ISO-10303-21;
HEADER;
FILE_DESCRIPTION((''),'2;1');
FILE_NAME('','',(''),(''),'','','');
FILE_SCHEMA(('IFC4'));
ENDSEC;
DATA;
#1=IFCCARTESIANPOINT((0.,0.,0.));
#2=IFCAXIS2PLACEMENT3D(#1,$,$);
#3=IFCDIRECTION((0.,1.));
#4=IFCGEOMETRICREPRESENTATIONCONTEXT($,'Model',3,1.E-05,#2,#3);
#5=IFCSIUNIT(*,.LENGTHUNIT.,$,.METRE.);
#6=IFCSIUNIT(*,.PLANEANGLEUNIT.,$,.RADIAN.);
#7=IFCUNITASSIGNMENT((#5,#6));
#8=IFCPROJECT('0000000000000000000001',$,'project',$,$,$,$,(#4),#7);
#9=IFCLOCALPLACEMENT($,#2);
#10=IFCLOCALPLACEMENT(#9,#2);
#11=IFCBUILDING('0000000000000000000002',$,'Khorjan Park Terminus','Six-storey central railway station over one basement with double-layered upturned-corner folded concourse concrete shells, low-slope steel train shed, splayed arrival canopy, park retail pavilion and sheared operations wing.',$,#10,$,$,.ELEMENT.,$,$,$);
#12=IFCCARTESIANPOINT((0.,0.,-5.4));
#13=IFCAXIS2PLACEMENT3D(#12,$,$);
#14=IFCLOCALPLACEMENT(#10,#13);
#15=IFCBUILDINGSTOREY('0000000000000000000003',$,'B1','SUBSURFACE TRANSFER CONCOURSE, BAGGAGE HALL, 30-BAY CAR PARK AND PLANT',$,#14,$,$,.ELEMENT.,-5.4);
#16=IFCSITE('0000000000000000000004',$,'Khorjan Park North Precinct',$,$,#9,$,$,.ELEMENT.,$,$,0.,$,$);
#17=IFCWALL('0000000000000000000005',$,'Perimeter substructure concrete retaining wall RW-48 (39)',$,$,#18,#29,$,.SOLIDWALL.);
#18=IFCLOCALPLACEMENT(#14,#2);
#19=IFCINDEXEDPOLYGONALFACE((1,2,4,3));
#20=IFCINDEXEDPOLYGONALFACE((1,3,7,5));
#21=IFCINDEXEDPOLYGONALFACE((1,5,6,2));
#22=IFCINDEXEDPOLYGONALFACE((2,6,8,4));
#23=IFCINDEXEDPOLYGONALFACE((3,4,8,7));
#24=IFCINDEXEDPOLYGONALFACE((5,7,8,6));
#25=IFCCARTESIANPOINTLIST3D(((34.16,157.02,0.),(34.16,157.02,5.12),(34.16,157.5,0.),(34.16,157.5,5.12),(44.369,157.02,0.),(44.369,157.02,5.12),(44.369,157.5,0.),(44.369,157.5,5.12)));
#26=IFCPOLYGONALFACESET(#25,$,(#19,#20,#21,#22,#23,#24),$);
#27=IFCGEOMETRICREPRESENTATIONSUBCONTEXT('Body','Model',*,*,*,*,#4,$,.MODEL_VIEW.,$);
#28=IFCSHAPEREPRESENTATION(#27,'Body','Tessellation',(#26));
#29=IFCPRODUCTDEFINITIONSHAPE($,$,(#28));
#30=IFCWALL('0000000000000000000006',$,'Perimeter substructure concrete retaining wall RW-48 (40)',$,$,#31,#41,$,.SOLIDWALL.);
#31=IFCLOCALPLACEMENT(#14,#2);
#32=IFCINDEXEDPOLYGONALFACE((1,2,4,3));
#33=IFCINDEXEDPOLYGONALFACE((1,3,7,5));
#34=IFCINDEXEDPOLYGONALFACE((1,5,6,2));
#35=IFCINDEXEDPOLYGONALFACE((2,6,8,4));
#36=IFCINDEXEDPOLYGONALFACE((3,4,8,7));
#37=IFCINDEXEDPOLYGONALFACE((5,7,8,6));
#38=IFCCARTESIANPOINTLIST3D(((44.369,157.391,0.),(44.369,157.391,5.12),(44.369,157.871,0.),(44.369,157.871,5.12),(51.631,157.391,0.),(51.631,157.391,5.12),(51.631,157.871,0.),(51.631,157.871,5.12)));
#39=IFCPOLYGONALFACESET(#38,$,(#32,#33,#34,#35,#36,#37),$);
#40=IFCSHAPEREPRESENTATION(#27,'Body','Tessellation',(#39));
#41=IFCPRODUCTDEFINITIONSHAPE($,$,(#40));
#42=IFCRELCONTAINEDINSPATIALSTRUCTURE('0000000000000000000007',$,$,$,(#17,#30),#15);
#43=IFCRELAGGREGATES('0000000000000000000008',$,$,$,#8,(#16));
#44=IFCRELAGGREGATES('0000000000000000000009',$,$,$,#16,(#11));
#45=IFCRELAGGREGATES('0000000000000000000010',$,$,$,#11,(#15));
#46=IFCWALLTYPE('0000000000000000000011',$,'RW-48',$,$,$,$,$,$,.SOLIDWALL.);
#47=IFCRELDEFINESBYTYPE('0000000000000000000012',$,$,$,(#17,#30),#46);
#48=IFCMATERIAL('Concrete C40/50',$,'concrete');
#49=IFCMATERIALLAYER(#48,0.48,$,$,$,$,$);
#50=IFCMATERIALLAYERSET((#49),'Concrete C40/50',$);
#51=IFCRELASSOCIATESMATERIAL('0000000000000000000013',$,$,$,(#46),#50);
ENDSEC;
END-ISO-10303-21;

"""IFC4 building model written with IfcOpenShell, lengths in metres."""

from ifc_helpers import new_model, si_unit, direction, frame, frame_2d, origin, place, context, subcontext, project, spatial, rectangle, extrude, material, layer, layer_set, type_object, element, save


model = new_model("IFC4")

# Units and contexts
model_context = context("Model", 3, precision=1e-05, world=origin(), true_north=direction((0.0, 1.0)))
body_context = subcontext(model_context, "Body", "Model", "MODEL_VIEW")
ifc_project = project(units=[si_unit("LENGTHUNIT", "METRE"), si_unit("PLANEANGLEUNIT", "RADIAN")], contexts=[model_context])

# Site, building, storey
site_placement = place(None, origin())
site = spatial("IfcSite", under=ifc_project, at=site_placement, Name="Khorjan Park North Precinct", CompositionType="ELEMENT", RefElevation=0.0)
building_placement = place(site_placement, origin())
building = spatial("IfcBuilding", under=site, at=building_placement, Name="Khorjan Park Terminus", Description="Six-storey central railway station over one basement with double-layered upturned-corner folded concourse concrete shells, low-slope steel train shed, splayed arrival canopy, park retail pavilion and sheared operations wing.", CompositionType="ELEMENT")
storey_placement = place(building_placement, frame((0.0, 0.0, -5.4)))
storey = spatial("IfcBuildingStorey", under=building, at=storey_placement, Name="B1", Description="SUBSURFACE TRANSFER CONCOURSE, BAGGAGE HALL, 30-BAY CAR PARK AND PLANT", CompositionType="ELEMENT", Elevation=-5.4)

# Shared definitions
ifc_material_1 = material(Name="Concrete C40/50", Category="concrete")

# Walls
ifc_layer = layer(ifc_material_1, 0.48)
ifc_layer_set = layer_set([ifc_layer], Name="Concrete C40/50")
wall_type = type_object("IfcWallType", Name="RW-48", PredefinedType="SOLIDWALL", material=ifc_layer_set)
wall_1_placement = place(storey_placement, frame((34.16, 157.26, 0.0), z_axis=(0.0, 0.0, 1.0), x_axis=(1.0, 0.0, 0.0)))
element("IfcWall", 1, at=wall_1_placement, inside=storey, type_object=wall_type, Name="Perimeter substructure concrete retaining wall RW-48 (39)", PredefinedType="SOLIDWALL", context=body_context, shape_type="SweptSolid", body=[
    extrude(rectangle(XDim=10.209, YDim=0.48, at=frame_2d((5.1045, 0.0))), origin(), (0.0, 0.0, 1.0), 5.12),
])
wall_2_placement = place(storey_placement, frame((44.369, 157.631, 0.0), z_axis=(0.0, 0.0, 1.0), x_axis=(1.0, 0.0, 0.0)))
element("IfcWall", 2, at=wall_2_placement, inside=storey, type_object=wall_type, Name="Perimeter substructure concrete retaining wall RW-48 (40)", PredefinedType="SOLIDWALL", context=body_context, shape_type="SweptSolid", body=[
    extrude(rectangle(XDim=7.262, YDim=0.48, at=frame_2d((3.631, 0.0))), origin(), (0.0, 0.0, 1.0), 5.12),
])

save(model, "model.ifc")
